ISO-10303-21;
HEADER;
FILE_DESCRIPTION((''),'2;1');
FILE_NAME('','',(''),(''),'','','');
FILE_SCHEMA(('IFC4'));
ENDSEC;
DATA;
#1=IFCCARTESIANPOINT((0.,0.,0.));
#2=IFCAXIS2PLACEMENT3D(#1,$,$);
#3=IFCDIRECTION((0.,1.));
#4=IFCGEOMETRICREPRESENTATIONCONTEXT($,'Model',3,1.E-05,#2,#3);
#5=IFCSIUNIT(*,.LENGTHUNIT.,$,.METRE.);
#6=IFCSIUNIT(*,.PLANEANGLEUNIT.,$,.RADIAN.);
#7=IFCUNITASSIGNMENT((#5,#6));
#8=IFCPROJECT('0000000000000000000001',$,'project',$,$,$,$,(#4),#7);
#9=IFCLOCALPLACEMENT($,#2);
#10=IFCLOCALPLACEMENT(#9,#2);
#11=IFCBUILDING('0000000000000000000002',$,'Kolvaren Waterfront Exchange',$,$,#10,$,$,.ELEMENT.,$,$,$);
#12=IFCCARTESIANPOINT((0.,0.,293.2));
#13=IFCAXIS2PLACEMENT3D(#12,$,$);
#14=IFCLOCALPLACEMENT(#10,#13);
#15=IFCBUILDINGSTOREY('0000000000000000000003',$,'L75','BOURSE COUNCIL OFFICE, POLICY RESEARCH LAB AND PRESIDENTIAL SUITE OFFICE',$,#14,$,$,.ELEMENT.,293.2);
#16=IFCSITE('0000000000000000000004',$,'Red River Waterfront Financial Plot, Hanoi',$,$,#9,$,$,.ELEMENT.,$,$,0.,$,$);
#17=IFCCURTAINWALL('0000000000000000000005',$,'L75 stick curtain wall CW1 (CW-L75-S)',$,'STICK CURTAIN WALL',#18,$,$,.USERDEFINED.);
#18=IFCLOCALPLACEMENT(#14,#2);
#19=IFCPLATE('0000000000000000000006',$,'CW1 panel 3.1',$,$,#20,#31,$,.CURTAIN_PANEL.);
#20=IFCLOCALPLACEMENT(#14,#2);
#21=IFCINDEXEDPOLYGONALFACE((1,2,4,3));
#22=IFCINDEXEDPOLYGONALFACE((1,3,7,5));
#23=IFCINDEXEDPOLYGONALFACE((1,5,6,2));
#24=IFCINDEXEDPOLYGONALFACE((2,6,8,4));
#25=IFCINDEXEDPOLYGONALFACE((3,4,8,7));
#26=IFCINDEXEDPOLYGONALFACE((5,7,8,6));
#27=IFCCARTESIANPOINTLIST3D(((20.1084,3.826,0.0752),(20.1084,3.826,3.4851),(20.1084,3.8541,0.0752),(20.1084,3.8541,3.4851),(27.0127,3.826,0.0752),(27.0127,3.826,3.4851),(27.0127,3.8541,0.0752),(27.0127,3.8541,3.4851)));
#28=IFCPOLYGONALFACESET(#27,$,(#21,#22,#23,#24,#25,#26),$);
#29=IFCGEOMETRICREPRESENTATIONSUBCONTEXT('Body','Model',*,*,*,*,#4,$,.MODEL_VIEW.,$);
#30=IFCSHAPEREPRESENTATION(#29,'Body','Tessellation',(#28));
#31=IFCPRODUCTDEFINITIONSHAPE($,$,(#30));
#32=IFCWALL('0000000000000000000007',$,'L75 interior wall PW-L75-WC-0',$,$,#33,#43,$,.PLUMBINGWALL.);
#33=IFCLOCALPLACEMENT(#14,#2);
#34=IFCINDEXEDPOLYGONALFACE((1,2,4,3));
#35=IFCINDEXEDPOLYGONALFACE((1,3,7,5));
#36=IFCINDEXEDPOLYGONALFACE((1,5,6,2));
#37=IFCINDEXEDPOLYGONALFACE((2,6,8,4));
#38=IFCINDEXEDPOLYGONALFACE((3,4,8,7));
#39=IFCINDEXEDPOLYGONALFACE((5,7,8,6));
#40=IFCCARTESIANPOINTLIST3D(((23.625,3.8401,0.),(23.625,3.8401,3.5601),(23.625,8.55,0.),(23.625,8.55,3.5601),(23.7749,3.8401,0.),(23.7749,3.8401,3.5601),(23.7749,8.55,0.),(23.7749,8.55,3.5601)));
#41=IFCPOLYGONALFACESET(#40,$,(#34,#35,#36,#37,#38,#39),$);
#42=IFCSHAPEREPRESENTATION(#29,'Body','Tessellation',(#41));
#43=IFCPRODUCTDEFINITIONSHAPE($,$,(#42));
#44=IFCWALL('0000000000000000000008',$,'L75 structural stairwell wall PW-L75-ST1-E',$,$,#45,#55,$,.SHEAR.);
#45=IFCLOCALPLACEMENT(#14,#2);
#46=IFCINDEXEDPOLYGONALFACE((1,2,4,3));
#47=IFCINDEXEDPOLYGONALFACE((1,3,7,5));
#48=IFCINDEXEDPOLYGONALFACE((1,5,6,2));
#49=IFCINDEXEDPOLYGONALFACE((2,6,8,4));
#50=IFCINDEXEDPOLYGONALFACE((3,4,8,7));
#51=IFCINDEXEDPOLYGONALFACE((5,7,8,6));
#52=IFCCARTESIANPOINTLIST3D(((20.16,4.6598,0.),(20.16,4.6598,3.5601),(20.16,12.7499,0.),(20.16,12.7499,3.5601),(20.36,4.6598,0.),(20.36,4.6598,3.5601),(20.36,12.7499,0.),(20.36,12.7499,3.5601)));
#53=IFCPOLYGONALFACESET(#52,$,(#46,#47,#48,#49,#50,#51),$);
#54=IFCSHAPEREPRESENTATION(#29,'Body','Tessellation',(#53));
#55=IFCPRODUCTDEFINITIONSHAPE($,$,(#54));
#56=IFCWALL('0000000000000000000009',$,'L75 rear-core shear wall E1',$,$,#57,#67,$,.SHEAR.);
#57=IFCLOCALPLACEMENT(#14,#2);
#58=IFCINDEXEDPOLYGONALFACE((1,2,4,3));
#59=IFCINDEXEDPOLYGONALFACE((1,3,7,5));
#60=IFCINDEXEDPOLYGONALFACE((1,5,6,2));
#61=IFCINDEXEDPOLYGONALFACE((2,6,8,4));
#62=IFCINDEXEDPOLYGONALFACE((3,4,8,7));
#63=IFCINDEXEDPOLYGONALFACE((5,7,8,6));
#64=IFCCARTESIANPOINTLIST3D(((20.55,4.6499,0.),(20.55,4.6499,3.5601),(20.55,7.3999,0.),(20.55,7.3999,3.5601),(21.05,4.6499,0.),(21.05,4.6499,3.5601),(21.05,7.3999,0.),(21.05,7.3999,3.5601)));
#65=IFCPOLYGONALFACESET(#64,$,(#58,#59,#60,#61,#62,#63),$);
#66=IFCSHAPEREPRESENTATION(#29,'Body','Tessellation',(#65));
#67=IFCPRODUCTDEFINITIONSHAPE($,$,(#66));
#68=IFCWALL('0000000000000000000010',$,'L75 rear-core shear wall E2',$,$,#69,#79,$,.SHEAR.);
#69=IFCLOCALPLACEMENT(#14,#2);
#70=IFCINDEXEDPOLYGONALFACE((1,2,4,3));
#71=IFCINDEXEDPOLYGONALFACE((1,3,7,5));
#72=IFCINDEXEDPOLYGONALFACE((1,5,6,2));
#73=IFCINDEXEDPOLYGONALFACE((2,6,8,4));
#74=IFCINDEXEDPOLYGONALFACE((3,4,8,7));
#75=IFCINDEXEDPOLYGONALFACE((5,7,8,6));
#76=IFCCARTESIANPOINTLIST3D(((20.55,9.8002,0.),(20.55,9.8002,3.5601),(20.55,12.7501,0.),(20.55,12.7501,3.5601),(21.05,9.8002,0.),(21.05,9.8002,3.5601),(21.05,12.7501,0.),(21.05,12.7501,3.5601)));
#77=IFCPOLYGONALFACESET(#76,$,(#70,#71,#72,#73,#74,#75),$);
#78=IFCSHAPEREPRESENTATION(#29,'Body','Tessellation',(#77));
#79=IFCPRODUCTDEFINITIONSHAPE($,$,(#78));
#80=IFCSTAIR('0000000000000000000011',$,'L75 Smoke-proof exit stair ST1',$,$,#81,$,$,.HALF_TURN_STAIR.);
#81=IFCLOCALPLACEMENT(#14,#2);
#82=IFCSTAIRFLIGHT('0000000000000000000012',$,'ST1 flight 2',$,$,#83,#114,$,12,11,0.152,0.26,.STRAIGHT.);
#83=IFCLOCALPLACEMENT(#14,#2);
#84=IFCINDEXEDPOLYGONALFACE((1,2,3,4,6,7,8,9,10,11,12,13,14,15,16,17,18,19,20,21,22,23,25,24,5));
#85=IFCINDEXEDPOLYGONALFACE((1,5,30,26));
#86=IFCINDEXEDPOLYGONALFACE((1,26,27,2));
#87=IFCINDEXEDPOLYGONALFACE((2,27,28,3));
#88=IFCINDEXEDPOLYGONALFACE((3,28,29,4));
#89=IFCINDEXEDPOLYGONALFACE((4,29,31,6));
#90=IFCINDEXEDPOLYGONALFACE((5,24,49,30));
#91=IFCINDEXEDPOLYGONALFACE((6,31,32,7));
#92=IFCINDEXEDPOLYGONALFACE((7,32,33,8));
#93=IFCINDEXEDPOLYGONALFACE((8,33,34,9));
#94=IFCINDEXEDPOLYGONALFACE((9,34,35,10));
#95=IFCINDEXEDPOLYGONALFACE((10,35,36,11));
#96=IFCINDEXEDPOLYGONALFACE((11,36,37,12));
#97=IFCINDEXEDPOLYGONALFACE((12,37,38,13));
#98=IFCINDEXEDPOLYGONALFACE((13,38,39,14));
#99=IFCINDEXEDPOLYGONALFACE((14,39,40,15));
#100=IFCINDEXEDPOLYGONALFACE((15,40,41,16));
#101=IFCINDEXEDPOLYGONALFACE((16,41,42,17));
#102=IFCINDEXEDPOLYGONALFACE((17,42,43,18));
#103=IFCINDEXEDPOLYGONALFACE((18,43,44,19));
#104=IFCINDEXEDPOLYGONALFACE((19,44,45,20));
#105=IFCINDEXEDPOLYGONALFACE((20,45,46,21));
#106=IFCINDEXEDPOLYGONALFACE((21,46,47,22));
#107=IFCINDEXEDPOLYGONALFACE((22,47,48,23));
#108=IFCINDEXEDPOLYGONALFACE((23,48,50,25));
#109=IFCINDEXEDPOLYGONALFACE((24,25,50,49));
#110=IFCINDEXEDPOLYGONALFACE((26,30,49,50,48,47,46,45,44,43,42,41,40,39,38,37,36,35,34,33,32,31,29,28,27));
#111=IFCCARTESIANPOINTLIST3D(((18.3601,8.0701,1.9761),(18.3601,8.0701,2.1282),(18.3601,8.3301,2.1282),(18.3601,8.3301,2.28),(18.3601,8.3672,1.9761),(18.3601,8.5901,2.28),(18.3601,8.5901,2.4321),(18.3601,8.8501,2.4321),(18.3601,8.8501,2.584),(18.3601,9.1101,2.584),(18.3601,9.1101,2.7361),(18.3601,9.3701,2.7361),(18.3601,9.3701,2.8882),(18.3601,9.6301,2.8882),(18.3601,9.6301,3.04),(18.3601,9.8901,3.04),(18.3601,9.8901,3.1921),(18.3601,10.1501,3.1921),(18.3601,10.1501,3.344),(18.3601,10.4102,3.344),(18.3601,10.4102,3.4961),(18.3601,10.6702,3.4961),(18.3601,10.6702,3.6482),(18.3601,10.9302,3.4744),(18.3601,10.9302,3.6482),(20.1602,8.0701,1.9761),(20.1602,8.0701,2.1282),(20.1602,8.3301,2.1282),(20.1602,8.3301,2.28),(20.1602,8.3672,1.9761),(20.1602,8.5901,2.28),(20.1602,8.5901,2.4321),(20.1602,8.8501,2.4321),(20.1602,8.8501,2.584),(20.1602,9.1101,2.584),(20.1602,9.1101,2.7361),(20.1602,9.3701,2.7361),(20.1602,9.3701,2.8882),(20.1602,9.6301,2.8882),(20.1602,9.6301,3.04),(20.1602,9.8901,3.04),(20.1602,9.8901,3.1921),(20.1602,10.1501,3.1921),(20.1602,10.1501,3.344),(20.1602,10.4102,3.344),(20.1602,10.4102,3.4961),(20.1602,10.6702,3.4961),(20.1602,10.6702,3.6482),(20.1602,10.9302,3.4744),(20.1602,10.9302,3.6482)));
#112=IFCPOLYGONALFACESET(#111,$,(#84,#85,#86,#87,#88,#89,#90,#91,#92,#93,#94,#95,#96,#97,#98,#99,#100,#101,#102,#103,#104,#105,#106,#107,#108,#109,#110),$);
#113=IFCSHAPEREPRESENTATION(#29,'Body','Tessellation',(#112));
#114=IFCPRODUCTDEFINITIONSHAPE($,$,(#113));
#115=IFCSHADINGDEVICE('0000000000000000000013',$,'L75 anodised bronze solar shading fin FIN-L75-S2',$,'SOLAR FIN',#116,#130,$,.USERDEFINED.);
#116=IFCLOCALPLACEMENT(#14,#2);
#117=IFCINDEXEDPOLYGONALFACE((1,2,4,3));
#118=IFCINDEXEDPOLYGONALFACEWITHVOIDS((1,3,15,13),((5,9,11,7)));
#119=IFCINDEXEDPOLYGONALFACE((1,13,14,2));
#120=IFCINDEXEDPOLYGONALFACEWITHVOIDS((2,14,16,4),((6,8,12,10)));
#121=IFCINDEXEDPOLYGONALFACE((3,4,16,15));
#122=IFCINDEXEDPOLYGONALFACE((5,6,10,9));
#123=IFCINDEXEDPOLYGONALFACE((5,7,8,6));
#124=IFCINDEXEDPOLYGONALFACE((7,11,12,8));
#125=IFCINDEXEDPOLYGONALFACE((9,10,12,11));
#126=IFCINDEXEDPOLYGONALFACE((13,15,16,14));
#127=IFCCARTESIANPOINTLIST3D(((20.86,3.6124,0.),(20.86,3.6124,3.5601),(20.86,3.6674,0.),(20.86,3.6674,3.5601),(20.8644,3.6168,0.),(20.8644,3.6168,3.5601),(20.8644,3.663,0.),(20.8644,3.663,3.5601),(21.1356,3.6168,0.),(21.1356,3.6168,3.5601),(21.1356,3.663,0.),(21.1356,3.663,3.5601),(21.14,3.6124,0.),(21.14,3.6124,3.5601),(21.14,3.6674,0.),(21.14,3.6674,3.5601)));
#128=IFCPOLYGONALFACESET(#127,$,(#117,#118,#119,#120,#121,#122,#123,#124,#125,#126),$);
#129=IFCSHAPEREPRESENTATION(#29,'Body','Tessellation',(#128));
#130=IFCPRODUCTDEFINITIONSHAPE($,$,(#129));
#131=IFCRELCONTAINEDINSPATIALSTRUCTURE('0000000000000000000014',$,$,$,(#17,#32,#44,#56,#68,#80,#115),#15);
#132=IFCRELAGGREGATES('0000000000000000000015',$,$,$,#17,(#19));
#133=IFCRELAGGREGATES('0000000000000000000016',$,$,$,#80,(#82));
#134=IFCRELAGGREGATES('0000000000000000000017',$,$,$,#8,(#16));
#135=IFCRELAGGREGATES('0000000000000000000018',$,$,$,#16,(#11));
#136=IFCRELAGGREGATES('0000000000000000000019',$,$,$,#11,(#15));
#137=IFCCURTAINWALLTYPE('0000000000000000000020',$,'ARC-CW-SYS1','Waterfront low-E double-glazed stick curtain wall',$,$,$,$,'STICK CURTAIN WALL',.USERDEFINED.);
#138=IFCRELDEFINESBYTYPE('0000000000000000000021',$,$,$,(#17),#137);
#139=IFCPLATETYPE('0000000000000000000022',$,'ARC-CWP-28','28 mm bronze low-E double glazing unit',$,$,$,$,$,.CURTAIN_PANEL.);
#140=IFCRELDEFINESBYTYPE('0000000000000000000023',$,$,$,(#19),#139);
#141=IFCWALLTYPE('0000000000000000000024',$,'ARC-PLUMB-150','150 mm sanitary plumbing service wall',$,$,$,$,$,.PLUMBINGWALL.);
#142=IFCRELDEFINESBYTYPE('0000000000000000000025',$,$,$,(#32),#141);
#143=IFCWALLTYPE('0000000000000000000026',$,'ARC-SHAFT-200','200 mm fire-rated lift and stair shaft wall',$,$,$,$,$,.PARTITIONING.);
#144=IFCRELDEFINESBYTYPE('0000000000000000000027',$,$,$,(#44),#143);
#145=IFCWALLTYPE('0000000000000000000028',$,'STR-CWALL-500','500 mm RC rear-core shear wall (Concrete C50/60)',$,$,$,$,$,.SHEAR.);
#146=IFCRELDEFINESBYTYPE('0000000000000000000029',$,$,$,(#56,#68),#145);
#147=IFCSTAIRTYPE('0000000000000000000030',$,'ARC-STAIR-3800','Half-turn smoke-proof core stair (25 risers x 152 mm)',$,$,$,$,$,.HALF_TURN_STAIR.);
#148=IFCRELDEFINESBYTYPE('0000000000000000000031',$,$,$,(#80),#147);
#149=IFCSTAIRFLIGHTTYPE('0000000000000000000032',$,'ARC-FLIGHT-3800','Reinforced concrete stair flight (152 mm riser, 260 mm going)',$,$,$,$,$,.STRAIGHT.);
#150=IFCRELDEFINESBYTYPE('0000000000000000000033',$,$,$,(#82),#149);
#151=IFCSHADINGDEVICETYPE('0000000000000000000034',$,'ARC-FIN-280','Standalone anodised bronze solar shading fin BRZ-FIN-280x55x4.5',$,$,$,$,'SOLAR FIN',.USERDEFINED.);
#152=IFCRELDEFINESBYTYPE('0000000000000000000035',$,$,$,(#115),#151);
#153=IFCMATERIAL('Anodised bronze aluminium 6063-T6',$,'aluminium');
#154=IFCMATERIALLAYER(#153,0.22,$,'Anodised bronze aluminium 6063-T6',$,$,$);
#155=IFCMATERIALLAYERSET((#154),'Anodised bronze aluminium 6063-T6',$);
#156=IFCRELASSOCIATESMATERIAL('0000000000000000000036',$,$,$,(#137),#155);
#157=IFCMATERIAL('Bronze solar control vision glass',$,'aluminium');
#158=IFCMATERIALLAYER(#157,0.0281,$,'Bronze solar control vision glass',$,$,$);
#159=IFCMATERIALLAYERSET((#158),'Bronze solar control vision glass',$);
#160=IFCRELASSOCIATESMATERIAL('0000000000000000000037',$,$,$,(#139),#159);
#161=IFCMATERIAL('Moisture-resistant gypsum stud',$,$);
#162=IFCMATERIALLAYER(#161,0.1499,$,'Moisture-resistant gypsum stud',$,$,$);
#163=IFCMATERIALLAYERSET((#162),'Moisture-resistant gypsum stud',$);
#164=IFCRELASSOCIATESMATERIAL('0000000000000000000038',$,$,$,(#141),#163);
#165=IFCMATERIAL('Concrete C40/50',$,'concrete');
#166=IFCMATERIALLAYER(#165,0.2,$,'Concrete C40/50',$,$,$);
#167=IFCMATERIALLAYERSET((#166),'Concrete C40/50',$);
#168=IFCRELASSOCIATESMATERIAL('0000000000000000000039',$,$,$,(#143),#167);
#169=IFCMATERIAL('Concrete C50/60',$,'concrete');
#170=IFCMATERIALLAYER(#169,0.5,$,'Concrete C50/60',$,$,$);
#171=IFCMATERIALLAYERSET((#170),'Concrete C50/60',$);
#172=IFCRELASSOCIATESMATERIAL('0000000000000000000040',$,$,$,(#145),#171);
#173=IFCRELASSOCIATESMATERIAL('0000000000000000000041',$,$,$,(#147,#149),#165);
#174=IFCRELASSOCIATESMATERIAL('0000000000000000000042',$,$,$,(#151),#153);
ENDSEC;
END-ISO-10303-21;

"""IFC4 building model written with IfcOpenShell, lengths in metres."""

from ifc_helpers import new_model, si_unit, direction, frame, frame_2d, origin, origin_with_axes, origin_2d, place, context, subcontext, project, spatial, polyline, rectangle, hollow_rectangle, outline, extrude, source, transform, mapped, material, layer, layer_set, material_profile, profile_set, type_object, element, aggregate, save


model = new_model("IFC4")

# Units and contexts
model_context = context("Model", 3, precision=1e-05, world=origin(), true_north=direction((0.0, 1.0)))
body_context = subcontext(model_context, "Body", "Model", "MODEL_VIEW")
ifc_project = project(units=[si_unit("LENGTHUNIT", "METRE"), si_unit("PLANEANGLEUNIT", "RADIAN")], contexts=[model_context])

# Site, building, storey
site_placement = place(None, origin())
site = spatial("IfcSite", under=ifc_project, at=site_placement, Name="Red River Waterfront Financial Plot, Hanoi", CompositionType="ELEMENT", RefElevation=0.0)
building_placement = place(site_placement, origin())
building = spatial("IfcBuilding", under=site, at=building_placement, Name="Kolvaren Waterfront Exchange", CompositionType="ELEMENT")
storey_placement = place(building_placement, frame((0.0, 0.0, 293.2)))
storey = spatial("IfcBuildingStorey", under=building, at=storey_placement, Name="L75", Description="BOURSE COUNCIL OFFICE, POLICY RESEARCH LAB AND PRESIDENTIAL SUITE OFFICE", CompositionType="ELEMENT", Elevation=293.2)

# Shared definitions
ifc_material_1 = material(Name="Concrete C50/60", Category="concrete")

# Curtain wall, plate
ifc_material_2 = material(Name="Anodised bronze aluminium 6063-T6", Category="aluminium")
ifc_layer_1 = layer(ifc_material_2, 0.22, Name="Anodised bronze aluminium 6063-T6")
ifc_layer_set_1 = layer_set([ifc_layer_1], Name="Anodised bronze aluminium 6063-T6")
curtain_wall_type = type_object("IfcCurtainWallType", Name="ARC-CW-SYS1", Description="Waterfront low-E double-glazed stick curtain wall", ElementType="STICK CURTAIN WALL", PredefinedType="USERDEFINED", material=ifc_layer_set_1)
curtain_wall_placement = place(storey_placement, origin())
curtain_wall = element("IfcCurtainWall", 1, at=curtain_wall_placement, inside=storey, type_object=curtain_wall_type, Name="L75 stick curtain wall CW1 (CW-L75-S)", ObjectType="STICK CURTAIN WALL", PredefinedType="USERDEFINED")
ifc_material_3 = material(Name="Bronze solar control vision glass", Category="aluminium")
ifc_layer_2 = layer(ifc_material_3, 0.0281, Name="Bronze solar control vision glass")
ifc_layer_set_2 = layer_set([ifc_layer_2], Name="Bronze solar control vision glass")
plate_type = type_object("IfcPlateType", Name="ARC-CWP-28", Description="28 mm bronze low-E double glazing unit", PredefinedType="CURTAIN_PANEL", material=ifc_layer_set_2)
shared_shape_1 = source(origin_with_axes(), body_context, "Body", "SweptSolid", [
    extrude(rectangle(XDim=6.9043, YDim=0.0281, at=origin_2d()), origin(), (0.0, 0.0, 1.0), 3.4099),
])
plate_placement = place(storey_placement, frame((23.5605, 3.8401, 0.0752), z_axis=(0.0, 0.0, 1.0), x_axis=(1.0, 0.0, 0.0)))
plate = element("IfcPlate", 2, at=plate_placement, type_object=plate_type, Name="CW1 panel 3.1", PredefinedType="CURTAIN_PANEL", context=body_context, shape_type="MappedRepresentation", body=[
    mapped(shared_shape_1, transform((0.0, 0.0, 0.0), x_axis=(1.0, 0.0, 0.0), y_axis=(0.0, 1.0, 0.0), z_axis=(0.0, 0.0, 1.0), scale=1.0)),
])
aggregate(curtain_wall, [plate])

# Walls
ifc_material_4 = material(Name="Moisture-resistant gypsum stud")
ifc_layer_3 = layer(ifc_material_4, 0.1499, Name="Moisture-resistant gypsum stud")
ifc_layer_set_3 = layer_set([ifc_layer_3], Name="Moisture-resistant gypsum stud")
wall_type_1 = type_object("IfcWallType", Name="ARC-PLUMB-150", Description="150 mm sanitary plumbing service wall", PredefinedType="PLUMBINGWALL", material=ifc_layer_set_3)
wall_1_placement = place(storey_placement, frame((23.7, 3.8401, 0.0), z_axis=(0.0, 0.0, 1.0), x_axis=(0.0, 1.0, 0.0)))
element("IfcWall", 3, at=wall_1_placement, inside=storey, type_object=wall_type_1, Name="L75 interior wall PW-L75-WC-0", PredefinedType="PLUMBINGWALL", context=body_context, shape_type="SweptSolid", body=[
    extrude(rectangle(XDim=4.71, YDim=0.1499, at=frame_2d((2.355, 0.0))), origin(), (0.0, 0.0, 1.0), 3.5601),
])
ifc_material_5 = material(Name="Concrete C40/50", Category="concrete")
ifc_layer_4 = layer(ifc_material_5, 0.2, Name="Concrete C40/50")
ifc_layer_set_4 = layer_set([ifc_layer_4], Name="Concrete C40/50")
wall_type_2 = type_object("IfcWallType", Name="ARC-SHAFT-200", Description="200 mm fire-rated lift and stair shaft wall", PredefinedType="PARTITIONING", material=ifc_layer_set_4)
wall_2_placement = place(storey_placement, frame((20.26, 4.6599, 0.0), z_axis=(0.0, 0.0, 1.0), x_axis=(0.0, 1.0, 0.0)))
element("IfcWall", 4, at=wall_2_placement, inside=storey, type_object=wall_type_2, Name="L75 structural stairwell wall PW-L75-ST1-E", PredefinedType="SHEAR", context=body_context, shape_type="SweptSolid", body=[
    extrude(rectangle(XDim=8.0901, YDim=0.2, at=frame_2d((4.0449, 0.0))), origin(), (0.0, 0.0, 1.0), 3.5601),
])
ifc_layer_5 = layer(ifc_material_1, 0.5, Name="Concrete C50/60")
ifc_layer_set_5 = layer_set([ifc_layer_5], Name="Concrete C50/60")
wall_type_3 = type_object("IfcWallType", Name="STR-CWALL-500", Description="500 mm RC rear-core shear wall (Concrete C50/60)", PredefinedType="SHEAR", material=ifc_layer_set_5)
wall_3_placement = place(storey_placement, frame((20.8, 4.6499, 0.0), z_axis=(0.0, 0.0, 1.0), x_axis=(0.0, 1.0, 0.0)))
element("IfcWall", 5, at=wall_3_placement, inside=storey, type_object=wall_type_3, Name="L75 rear-core shear wall E1", PredefinedType="SHEAR", context=body_context, shape_type="SweptSolid", body=[
    extrude(rectangle(XDim=2.75, YDim=0.5, at=frame_2d((1.375, 0.0))), origin(), (0.0, 0.0, 1.0), 3.5601),
])
wall_4_placement = place(storey_placement, frame((20.8, 9.8, 0.0), z_axis=(0.0, 0.0, 1.0), x_axis=(0.0, 1.0, 0.0)))
element("IfcWall", 6, at=wall_4_placement, inside=storey, type_object=wall_type_3, Name="L75 rear-core shear wall E2", PredefinedType="SHEAR", context=body_context, shape_type="SweptSolid", body=[
    extrude(rectangle(XDim=2.95, YDim=0.5, at=frame_2d((1.4751, 0.0))), origin(), (0.0, 0.0, 1.0), 3.5601),
])

# Stair, stair flight
stair_type = type_object("IfcStairType", Name="ARC-STAIR-3800", Description="Half-turn smoke-proof core stair (25 risers x 152 mm)", PredefinedType="HALF_TURN_STAIR", material=ifc_material_5)
stair_placement = place(storey_placement, origin())
stair = element("IfcStair", 7, at=stair_placement, inside=storey, type_object=stair_type, Name="L75 Smoke-proof exit stair ST1", PredefinedType="HALF_TURN_STAIR")
stair_flight_type = type_object("IfcStairFlightType", Name="ARC-FLIGHT-3800", Description="Reinforced concrete stair flight (152 mm riser, 260 mm going)", PredefinedType="STRAIGHT", material=ifc_material_5)
stair_flight_placement = place(storey_placement, frame((19.26, 8.0701, 1.9761), z_axis=(0.0, 0.0, 1.0), x_axis=(0.0, 1.0, 0.0)))
stair_flight = element("IfcStairFlight", 8, at=stair_flight_placement, type_object=stair_flight_type, Name="ST1 flight 2", NumberOfRisers=12, NumberOfTreads=11, PredefinedType="STRAIGHT", RiserHeight=0.152, TreadLength=0.26, context=body_context, shape_type="SweptSolid", body=[
    extrude(outline(polyline([(0.0, 0.0), (0.0, 0.1521), (0.26, 0.1521), (0.26, 0.304), (0.52, 0.304), (0.52, 0.4561), (0.78, 0.4561), (0.78, 0.6079), (1.04, 0.6079), (1.04, 0.76), (1.3, 0.76), (1.3, 0.9121), (1.5601, 0.9121), (1.5601, 1.064), (1.8201, 1.064), (1.8201, 1.2161), (2.0801, 1.2161), (2.0801, 1.3679), (2.3401, 1.3679), (2.3401, 1.52), (2.6001, 1.52), (2.6001, 1.6721), (2.8601, 1.6721), (2.8601, 1.824), (2.8601, 1.4983), (0.2971, 0.0), (0.0, 0.0)])), frame((0.0, 0.8999, 0.0), z_axis=(0.0, -1.0, 0.0), x_axis=(1.0, 0.0, 0.0)), (0.0, 0.0, 1.0), 1.8),
])
aggregate(stair, [stair_flight])

# Shading device
ifc_material_profile_1 = material_profile(ifc_material_2, hollow_rectangle(XDim=0.0549, YDim=0.28, WallThickness=0.0044, at=origin_2d()), Name="BRZ-FIN-280x55x4.5")
ifc_profile_set_1 = profile_set([ifc_material_profile_1], Name="Anodised bronze aluminium 6063-T6")
shading_device_type = type_object("IfcShadingDeviceType", Name="ARC-FIN-280", Description="Standalone anodised bronze solar shading fin BRZ-FIN-280x55x4.5", ElementType="SOLAR FIN", PredefinedType="USERDEFINED", material=ifc_profile_set_1)
shading_device_placement = place(storey_placement, frame((21.0, 3.6399, 0.0), z_axis=(0.0, 0.0, 1.0), x_axis=(0.0, -1.0, 0.0)))
element("IfcShadingDevice", 9, at=shading_device_placement, inside=storey, type_object=shading_device_type, Name="L75 anodised bronze solar shading fin FIN-L75-S2", ObjectType="SOLAR FIN", PredefinedType="USERDEFINED", context=body_context, shape_type="SweptSolid", body=[
    extrude(hollow_rectangle(XDim=0.0549, YDim=0.28, WallThickness=0.0044, at=origin_2d()), origin(), (0.0, 0.0, 1.0), 3.5601),
])

save(model, "model.ifc")
